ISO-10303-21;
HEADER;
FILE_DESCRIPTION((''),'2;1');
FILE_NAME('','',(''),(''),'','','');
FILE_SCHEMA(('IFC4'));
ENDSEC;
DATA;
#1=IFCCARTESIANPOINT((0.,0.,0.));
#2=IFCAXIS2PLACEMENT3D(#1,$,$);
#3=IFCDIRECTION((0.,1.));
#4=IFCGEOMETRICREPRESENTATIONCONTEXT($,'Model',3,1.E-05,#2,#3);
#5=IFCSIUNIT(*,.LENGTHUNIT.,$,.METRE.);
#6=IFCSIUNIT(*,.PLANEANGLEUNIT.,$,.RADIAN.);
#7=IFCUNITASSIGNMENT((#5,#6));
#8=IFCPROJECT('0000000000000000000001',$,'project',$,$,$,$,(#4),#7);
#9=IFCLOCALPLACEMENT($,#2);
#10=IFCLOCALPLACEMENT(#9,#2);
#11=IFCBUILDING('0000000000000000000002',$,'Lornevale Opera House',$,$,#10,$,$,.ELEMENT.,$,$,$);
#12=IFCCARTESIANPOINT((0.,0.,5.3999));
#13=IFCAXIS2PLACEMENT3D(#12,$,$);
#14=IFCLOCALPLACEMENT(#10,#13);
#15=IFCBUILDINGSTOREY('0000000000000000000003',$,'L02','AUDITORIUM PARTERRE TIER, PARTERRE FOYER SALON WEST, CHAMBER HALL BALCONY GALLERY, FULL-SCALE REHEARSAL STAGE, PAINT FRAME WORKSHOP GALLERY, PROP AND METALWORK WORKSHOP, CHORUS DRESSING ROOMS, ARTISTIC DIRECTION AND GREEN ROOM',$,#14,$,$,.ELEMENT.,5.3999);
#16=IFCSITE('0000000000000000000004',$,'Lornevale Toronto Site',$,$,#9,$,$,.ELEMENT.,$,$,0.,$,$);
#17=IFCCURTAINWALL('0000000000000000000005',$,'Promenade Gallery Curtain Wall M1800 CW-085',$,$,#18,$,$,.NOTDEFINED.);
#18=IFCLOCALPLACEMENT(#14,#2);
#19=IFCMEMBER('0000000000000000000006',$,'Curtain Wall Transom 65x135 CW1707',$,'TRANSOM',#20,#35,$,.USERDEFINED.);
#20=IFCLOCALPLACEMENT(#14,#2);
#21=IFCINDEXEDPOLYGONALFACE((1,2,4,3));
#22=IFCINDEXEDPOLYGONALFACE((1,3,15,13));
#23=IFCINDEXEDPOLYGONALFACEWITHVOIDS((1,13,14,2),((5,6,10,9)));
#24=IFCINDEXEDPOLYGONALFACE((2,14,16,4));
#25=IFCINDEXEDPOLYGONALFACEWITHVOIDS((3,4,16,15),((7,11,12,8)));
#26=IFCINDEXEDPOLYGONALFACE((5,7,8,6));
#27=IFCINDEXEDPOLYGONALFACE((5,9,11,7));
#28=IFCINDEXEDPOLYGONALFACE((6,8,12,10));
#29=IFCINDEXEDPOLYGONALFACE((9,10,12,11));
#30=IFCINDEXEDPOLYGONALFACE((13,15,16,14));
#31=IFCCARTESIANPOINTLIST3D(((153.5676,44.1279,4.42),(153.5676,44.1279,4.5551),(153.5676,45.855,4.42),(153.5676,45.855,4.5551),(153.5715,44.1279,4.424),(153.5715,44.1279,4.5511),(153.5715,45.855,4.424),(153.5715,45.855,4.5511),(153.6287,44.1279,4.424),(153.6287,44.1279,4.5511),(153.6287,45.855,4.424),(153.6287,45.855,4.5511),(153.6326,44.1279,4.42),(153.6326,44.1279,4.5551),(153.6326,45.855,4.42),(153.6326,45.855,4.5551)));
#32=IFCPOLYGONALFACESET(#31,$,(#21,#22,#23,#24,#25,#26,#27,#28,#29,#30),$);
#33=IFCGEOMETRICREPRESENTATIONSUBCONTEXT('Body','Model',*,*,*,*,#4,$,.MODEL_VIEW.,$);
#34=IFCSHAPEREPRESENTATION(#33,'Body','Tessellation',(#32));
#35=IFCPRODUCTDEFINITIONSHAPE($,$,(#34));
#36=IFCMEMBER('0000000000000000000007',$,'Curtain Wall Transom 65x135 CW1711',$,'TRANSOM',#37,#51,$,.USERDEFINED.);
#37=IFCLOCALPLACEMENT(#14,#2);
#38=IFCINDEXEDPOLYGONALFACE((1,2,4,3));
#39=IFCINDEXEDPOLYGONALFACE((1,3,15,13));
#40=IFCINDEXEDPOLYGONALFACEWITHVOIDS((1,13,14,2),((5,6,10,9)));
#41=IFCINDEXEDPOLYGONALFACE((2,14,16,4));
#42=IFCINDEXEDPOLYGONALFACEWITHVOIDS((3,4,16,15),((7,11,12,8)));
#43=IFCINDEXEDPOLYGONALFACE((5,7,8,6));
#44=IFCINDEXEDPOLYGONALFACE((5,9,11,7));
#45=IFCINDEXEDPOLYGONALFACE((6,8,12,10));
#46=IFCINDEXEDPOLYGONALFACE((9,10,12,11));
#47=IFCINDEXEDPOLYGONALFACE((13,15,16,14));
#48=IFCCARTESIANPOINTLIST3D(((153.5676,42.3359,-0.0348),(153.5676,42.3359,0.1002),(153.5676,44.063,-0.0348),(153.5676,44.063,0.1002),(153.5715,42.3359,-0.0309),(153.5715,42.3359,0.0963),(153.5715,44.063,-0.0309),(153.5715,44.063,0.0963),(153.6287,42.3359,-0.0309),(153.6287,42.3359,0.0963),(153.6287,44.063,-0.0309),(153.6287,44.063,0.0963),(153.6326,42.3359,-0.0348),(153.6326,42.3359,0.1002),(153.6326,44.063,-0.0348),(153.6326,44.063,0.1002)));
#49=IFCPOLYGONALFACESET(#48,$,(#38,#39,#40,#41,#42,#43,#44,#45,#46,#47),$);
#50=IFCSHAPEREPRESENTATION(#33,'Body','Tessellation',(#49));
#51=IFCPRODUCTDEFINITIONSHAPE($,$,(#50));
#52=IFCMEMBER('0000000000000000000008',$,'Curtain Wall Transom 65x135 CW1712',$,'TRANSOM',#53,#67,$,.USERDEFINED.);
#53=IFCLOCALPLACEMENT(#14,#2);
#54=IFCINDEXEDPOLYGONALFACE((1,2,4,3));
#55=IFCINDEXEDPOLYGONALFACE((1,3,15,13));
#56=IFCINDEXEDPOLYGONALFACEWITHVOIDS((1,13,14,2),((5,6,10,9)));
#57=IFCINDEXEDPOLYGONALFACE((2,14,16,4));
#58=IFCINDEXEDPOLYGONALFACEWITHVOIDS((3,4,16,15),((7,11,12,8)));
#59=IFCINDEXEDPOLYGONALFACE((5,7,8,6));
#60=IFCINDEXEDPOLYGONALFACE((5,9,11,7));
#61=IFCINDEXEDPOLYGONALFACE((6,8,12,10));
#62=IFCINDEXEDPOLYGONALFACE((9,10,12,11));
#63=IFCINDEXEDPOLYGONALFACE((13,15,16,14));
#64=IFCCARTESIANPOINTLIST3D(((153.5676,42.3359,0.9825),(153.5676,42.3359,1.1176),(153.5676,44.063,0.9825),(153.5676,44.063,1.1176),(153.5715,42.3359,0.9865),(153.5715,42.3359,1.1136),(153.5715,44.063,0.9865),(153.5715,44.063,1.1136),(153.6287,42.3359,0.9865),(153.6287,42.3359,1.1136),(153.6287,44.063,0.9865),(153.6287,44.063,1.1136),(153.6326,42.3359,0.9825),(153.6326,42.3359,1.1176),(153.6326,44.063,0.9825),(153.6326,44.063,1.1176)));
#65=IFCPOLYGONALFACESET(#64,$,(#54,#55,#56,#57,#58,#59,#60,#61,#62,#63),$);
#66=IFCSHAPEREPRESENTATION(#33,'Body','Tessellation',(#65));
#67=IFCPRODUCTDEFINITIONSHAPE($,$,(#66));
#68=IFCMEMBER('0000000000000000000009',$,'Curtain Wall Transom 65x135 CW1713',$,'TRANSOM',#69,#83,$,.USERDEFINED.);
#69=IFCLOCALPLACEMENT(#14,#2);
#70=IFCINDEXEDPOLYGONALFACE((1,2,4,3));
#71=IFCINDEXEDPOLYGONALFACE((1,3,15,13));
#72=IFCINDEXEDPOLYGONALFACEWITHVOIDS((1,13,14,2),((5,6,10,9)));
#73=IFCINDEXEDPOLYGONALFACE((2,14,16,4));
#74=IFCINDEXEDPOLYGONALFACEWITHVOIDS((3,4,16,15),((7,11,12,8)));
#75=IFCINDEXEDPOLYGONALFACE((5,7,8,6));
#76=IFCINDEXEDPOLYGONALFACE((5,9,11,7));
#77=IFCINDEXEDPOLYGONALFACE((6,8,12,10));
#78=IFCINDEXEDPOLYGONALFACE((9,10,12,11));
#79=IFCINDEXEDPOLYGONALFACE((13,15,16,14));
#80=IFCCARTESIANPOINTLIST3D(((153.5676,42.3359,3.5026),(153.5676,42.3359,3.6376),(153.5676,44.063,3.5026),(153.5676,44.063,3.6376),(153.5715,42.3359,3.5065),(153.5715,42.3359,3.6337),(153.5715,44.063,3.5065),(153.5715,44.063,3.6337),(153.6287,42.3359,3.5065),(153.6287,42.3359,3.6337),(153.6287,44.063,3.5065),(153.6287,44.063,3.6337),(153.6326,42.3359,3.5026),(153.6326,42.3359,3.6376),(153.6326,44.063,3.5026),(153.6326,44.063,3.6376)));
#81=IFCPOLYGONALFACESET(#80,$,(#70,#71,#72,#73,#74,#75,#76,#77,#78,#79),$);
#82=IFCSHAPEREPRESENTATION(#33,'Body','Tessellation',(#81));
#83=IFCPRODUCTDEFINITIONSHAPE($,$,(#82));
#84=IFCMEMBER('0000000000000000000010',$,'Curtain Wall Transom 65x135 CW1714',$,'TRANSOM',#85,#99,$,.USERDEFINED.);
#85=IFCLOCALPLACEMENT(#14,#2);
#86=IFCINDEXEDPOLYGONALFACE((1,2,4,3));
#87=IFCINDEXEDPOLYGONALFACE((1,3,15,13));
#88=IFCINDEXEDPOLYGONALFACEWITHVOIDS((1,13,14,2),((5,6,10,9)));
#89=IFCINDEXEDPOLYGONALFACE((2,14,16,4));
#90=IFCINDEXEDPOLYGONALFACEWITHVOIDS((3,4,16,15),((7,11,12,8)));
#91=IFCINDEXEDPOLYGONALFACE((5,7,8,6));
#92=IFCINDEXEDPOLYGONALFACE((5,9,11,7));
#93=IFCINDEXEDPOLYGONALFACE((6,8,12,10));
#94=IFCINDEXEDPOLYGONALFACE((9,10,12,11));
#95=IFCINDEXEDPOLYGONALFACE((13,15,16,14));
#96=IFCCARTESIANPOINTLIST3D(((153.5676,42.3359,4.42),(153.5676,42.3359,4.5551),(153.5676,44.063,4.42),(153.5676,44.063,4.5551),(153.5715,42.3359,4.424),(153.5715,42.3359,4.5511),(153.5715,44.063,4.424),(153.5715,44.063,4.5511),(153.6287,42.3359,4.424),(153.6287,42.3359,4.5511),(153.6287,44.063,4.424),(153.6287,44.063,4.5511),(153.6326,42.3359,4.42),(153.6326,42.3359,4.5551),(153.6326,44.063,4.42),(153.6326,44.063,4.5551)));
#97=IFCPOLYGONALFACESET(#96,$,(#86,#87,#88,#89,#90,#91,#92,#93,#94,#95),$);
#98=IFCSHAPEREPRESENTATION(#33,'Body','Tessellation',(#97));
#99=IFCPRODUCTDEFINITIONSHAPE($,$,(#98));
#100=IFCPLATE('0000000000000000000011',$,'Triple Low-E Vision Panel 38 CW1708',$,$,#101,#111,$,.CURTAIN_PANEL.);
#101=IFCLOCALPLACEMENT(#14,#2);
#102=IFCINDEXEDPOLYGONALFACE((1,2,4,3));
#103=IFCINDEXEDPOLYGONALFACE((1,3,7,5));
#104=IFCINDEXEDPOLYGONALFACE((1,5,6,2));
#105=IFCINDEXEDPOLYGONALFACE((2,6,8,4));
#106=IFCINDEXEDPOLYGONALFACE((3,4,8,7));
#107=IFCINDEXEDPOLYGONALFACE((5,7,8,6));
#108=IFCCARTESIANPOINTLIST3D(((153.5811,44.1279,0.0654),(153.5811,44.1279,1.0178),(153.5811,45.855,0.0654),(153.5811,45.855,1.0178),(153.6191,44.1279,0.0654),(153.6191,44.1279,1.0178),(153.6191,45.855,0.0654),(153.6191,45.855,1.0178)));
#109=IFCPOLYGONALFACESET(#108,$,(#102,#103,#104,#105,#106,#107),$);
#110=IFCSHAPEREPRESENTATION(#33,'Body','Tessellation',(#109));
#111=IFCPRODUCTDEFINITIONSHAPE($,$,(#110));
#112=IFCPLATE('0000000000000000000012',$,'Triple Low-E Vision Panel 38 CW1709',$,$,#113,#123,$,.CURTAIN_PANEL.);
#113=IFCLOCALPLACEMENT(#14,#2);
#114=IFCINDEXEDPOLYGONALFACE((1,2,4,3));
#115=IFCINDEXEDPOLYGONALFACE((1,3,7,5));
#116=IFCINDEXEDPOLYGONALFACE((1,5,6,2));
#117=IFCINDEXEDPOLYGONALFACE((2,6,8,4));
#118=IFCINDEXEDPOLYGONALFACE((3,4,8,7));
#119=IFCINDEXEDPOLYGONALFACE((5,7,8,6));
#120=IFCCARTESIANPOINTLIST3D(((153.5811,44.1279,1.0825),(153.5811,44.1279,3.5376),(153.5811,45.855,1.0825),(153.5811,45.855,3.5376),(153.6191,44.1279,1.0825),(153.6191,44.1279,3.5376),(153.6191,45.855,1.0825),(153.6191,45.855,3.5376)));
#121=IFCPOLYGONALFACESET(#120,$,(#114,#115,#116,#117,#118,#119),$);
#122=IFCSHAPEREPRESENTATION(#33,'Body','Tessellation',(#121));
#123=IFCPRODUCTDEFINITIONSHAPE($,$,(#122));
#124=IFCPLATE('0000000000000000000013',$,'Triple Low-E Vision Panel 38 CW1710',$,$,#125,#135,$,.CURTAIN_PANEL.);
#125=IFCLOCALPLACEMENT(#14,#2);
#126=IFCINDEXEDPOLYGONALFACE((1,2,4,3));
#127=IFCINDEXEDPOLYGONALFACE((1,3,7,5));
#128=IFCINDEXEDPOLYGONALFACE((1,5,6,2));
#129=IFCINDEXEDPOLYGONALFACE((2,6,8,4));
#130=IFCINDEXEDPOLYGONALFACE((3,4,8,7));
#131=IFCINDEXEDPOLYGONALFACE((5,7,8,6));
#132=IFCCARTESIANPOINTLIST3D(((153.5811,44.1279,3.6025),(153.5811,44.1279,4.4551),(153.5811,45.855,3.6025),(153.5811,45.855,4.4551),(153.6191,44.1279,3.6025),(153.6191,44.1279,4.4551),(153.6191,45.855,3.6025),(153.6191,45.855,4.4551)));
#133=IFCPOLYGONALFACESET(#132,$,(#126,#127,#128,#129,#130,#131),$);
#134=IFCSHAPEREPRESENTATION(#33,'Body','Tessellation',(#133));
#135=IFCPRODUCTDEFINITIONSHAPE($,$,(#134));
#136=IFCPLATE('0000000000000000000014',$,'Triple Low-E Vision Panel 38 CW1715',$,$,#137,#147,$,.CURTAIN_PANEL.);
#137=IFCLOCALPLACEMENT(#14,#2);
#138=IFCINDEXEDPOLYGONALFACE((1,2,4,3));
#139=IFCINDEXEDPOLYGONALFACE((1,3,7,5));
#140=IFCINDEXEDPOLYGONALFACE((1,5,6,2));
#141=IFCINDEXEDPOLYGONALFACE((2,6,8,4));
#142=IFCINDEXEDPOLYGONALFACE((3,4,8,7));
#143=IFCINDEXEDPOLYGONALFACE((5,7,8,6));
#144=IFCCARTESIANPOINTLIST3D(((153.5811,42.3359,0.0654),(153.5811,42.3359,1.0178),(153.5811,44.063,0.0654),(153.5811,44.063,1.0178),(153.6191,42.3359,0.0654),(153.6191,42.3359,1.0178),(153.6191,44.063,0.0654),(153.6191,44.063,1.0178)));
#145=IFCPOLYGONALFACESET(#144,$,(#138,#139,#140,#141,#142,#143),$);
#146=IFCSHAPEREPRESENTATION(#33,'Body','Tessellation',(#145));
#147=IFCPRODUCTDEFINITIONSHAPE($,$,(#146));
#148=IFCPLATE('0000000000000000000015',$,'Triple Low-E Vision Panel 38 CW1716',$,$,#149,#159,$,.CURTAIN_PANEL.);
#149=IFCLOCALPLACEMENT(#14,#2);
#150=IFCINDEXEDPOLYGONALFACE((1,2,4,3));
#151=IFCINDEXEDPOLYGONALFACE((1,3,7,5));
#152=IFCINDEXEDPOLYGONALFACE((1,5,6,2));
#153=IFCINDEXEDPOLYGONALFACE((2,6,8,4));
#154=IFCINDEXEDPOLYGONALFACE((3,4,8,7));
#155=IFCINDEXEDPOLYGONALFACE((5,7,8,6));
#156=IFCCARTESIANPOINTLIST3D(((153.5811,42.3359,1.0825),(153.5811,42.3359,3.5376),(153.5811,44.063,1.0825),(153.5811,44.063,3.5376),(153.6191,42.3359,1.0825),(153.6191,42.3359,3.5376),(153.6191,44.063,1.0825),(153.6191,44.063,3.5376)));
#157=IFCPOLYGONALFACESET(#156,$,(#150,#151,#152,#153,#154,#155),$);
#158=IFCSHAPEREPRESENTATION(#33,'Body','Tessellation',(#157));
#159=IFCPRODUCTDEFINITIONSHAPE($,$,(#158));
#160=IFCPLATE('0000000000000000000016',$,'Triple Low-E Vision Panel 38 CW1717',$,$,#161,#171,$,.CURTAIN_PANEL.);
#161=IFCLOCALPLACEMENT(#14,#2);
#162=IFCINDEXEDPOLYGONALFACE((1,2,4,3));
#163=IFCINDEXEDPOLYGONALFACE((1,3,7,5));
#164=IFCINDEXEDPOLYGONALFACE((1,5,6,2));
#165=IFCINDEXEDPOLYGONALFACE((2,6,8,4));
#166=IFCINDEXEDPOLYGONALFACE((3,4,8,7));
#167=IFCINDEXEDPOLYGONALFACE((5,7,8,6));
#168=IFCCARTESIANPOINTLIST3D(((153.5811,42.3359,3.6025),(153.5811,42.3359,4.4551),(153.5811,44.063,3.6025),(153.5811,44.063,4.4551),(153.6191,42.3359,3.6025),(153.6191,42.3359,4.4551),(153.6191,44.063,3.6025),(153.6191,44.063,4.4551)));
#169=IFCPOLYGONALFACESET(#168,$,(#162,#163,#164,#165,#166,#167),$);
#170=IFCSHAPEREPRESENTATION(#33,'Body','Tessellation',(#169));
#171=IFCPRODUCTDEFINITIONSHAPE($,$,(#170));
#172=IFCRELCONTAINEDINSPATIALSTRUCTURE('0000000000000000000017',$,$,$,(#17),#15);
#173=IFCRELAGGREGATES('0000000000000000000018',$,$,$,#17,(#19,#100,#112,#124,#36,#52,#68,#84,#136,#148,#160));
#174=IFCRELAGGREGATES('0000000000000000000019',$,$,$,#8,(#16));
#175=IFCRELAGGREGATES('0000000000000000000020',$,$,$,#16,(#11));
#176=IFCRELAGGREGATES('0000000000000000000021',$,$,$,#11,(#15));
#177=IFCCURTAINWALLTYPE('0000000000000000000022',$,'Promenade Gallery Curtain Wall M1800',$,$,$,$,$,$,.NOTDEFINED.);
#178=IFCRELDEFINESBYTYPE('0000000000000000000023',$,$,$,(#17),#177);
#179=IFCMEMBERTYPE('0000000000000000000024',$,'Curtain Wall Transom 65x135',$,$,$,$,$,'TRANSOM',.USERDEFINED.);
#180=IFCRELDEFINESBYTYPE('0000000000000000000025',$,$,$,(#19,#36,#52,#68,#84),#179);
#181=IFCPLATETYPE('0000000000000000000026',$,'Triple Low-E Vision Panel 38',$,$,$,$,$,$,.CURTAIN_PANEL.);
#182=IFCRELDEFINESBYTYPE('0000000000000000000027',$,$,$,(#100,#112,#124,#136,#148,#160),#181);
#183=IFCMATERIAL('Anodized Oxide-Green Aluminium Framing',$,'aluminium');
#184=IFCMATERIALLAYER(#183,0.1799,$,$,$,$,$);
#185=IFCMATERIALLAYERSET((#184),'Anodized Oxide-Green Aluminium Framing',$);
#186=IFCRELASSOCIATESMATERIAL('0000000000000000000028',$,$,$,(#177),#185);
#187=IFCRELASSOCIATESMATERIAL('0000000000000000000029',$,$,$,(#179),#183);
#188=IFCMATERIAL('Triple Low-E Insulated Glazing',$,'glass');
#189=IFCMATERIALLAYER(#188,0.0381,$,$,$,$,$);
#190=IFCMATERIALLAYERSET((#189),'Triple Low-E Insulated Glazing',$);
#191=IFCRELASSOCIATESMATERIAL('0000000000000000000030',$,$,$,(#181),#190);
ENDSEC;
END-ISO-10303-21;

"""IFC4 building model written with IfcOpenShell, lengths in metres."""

from ifc_helpers import new_model, si_unit, direction, frame, origin, origin_2d, place, context, subcontext, project, spatial, rectangle, hollow_rectangle, extrude, material, layer, layer_set, material_profile, profile_set, type_object, element, aggregate, save


model = new_model("IFC4")

# Units and contexts
model_context = context("Model", 3, precision=1e-05, world=origin(), true_north=direction((0.0, 1.0)))
body_context = subcontext(model_context, "Body", "Model", "MODEL_VIEW")
ifc_project = project(units=[si_unit("LENGTHUNIT", "METRE"), si_unit("PLANEANGLEUNIT", "RADIAN")], contexts=[model_context])

# Site, building, storey
site_placement = place(None, origin())
site = spatial("IfcSite", under=ifc_project, at=site_placement, Name="Lornevale Toronto Site", CompositionType="ELEMENT", RefElevation=0.0)
building_placement = place(site_placement, origin())
building = spatial("IfcBuilding", under=site, at=building_placement, Name="Lornevale Opera House", CompositionType="ELEMENT")
storey_placement = place(building_placement, frame((0.0, 0.0, 5.3999)))
storey = spatial("IfcBuildingStorey", under=building, at=storey_placement, Name="L02", Description="AUDITORIUM PARTERRE TIER, PARTERRE FOYER SALON WEST, CHAMBER HALL BALCONY GALLERY, FULL-SCALE REHEARSAL STAGE, PAINT FRAME WORKSHOP GALLERY, PROP AND METALWORK WORKSHOP, CHORUS DRESSING ROOMS, ARTISTIC DIRECTION AND GREEN ROOM", CompositionType="ELEMENT", Elevation=5.3999)

# Shared definitions
ifc_material_1 = material(Name="Anodized Oxide-Green Aluminium Framing", Category="aluminium")
ifc_layer_1 = layer(ifc_material_1, 0.1799)
ifc_layer_set_1 = layer_set([ifc_layer_1], Name="Anodized Oxide-Green Aluminium Framing")
curtain_wall_type = type_object("IfcCurtainWallType", Name="Promenade Gallery Curtain Wall M1800", PredefinedType="NOTDEFINED", material=ifc_layer_set_1)

# Curtain wall
curtain_wall_1_placement = place(storey_placement, origin())
curtain_wall_1 = element("IfcCurtainWall", 1, at=curtain_wall_1_placement, inside=storey, type_object=curtain_wall_type, Name="Promenade Gallery Curtain Wall M1800 CW-085", PredefinedType="NOTDEFINED")

# Members
ifc_material_profile_1 = material_profile(ifc_material_1, hollow_rectangle(XDim=0.0649, YDim=0.135, WallThickness=0.0039, at=origin_2d()), Name="ALU65x135x4")
ifc_profile_set_1 = profile_set([ifc_material_profile_1], Name="Anodized Oxide-Green Aluminium Framing")
member_type_1 = type_object("IfcMemberType", Name="Curtain Wall Transom 65x135", ElementType="TRANSOM", PredefinedType="USERDEFINED", material=ifc_profile_set_1)
member_1_placement = place(storey_placement, frame((153.6001, 45.855, 4.4875), z_axis=(0.0, -1.0, 0.0), x_axis=(1.0, 0.0, 0.0)))
member_1 = element("IfcMember", 2, at=member_1_placement, type_object=member_type_1, Name="Curtain Wall Transom 65x135 CW1707", ObjectType="TRANSOM", PredefinedType="USERDEFINED", context=body_context, shape_type="SweptSolid", body=[
    extrude(hollow_rectangle(XDim=0.0649, YDim=0.135, WallThickness=0.0039, at=origin_2d()), origin(), (0.0, 0.0, 1.0), 1.7271),
])
member_2_placement = place(storey_placement, frame((153.6001, 44.063, 0.0327), z_axis=(0.0, -1.0, 0.0), x_axis=(1.0, 0.0, 0.0)))
member_2 = element("IfcMember", 3, at=member_2_placement, type_object=member_type_1, Name="Curtain Wall Transom 65x135 CW1711", ObjectType="TRANSOM", PredefinedType="USERDEFINED", context=body_context, shape_type="SweptSolid", body=[
    extrude(hollow_rectangle(XDim=0.0649, YDim=0.135, WallThickness=0.0039, at=origin_2d()), origin(), (0.0, 0.0, 1.0), 1.7271),
])
member_3_placement = place(storey_placement, frame((153.6001, 44.063, 1.05), z_axis=(0.0, -1.0, 0.0), x_axis=(1.0, 0.0, 0.0)))
member_3 = element("IfcMember", 4, at=member_3_placement, type_object=member_type_1, Name="Curtain Wall Transom 65x135 CW1712", ObjectType="TRANSOM", PredefinedType="USERDEFINED", context=body_context, shape_type="SweptSolid", body=[
    extrude(hollow_rectangle(XDim=0.0649, YDim=0.135, WallThickness=0.0039, at=origin_2d()), origin(), (0.0, 0.0, 1.0), 1.7271),
])
member_4_placement = place(storey_placement, frame((153.6001, 44.063, 3.5701), z_axis=(0.0, -1.0, 0.0), x_axis=(1.0, 0.0, 0.0)))
member_4 = element("IfcMember", 5, at=member_4_placement, type_object=member_type_1, Name="Curtain Wall Transom 65x135 CW1713", ObjectType="TRANSOM", PredefinedType="USERDEFINED", context=body_context, shape_type="SweptSolid", body=[
    extrude(hollow_rectangle(XDim=0.0649, YDim=0.135, WallThickness=0.0039, at=origin_2d()), origin(), (0.0, 0.0, 1.0), 1.7271),
])
member_5_placement = place(storey_placement, frame((153.6001, 44.063, 4.4875), z_axis=(0.0, -1.0, 0.0), x_axis=(1.0, 0.0, 0.0)))
member_5 = element("IfcMember", 6, at=member_5_placement, type_object=member_type_1, Name="Curtain Wall Transom 65x135 CW1714", ObjectType="TRANSOM", PredefinedType="USERDEFINED", context=body_context, shape_type="SweptSolid", body=[
    extrude(hollow_rectangle(XDim=0.0649, YDim=0.135, WallThickness=0.0039, at=origin_2d()), origin(), (0.0, 0.0, 1.0), 1.7271),
])

# Plates
ifc_material_2 = material(Name="Triple Low-E Insulated Glazing", Category="glass")
ifc_layer_2 = layer(ifc_material_2, 0.0381)
ifc_layer_set_2 = layer_set([ifc_layer_2], Name="Triple Low-E Insulated Glazing")
plate_type = type_object("IfcPlateType", Name="Triple Low-E Vision Panel 38", PredefinedType="CURTAIN_PANEL", material=ifc_layer_set_2)
plate_1_placement = place(storey_placement, frame((153.6001, 44.9915, 0.0654), z_axis=(0.0, 0.0, 1.0), x_axis=(0.0, -1.0, 0.0)))
plate_1 = element("IfcPlate", 7, at=plate_1_placement, type_object=plate_type, Name="Triple Low-E Vision Panel 38 CW1708", PredefinedType="CURTAIN_PANEL", context=body_context, shape_type="SweptSolid", body=[
    extrude(rectangle(XDim=1.7271, YDim=0.0381, at=origin_2d()), origin(), (0.0, 0.0, 1.0), 0.9524),
])
plate_2_placement = place(storey_placement, frame((153.6001, 44.9915, 1.0825), z_axis=(0.0, 0.0, 1.0), x_axis=(0.0, -1.0, 0.0)))
plate_2 = element("IfcPlate", 8, at=plate_2_placement, type_object=plate_type, Name="Triple Low-E Vision Panel 38 CW1709", PredefinedType="CURTAIN_PANEL", context=body_context, shape_type="SweptSolid", body=[
    extrude(rectangle(XDim=1.7271, YDim=0.0381, at=origin_2d()), origin(), (0.0, 0.0, 1.0), 2.4551),
])
plate_3_placement = place(storey_placement, frame((153.6001, 44.9915, 3.6025), z_axis=(0.0, 0.0, 1.0), x_axis=(0.0, -1.0, 0.0)))
plate_3 = element("IfcPlate", 9, at=plate_3_placement, type_object=plate_type, Name="Triple Low-E Vision Panel 38 CW1710", PredefinedType="CURTAIN_PANEL", context=body_context, shape_type="SweptSolid", body=[
    extrude(rectangle(XDim=1.7271, YDim=0.0381, at=origin_2d()), origin(), (0.0, 0.0, 1.0), 0.8525),
])
plate_4_placement = place(storey_placement, frame((153.6001, 43.1995, 0.0654), z_axis=(0.0, 0.0, 1.0), x_axis=(0.0, -1.0, 0.0)))
plate_4 = element("IfcPlate", 10, at=plate_4_placement, type_object=plate_type, Name="Triple Low-E Vision Panel 38 CW1715", PredefinedType="CURTAIN_PANEL", context=body_context, shape_type="SweptSolid", body=[
    extrude(rectangle(XDim=1.7271, YDim=0.0381, at=origin_2d()), origin(), (0.0, 0.0, 1.0), 0.9524),
])
plate_5_placement = place(storey_placement, frame((153.6001, 43.1995, 1.0825), z_axis=(0.0, 0.0, 1.0), x_axis=(0.0, -1.0, 0.0)))
plate_5 = element("IfcPlate", 11, at=plate_5_placement, type_object=plate_type, Name="Triple Low-E Vision Panel 38 CW1716", PredefinedType="CURTAIN_PANEL", context=body_context, shape_type="SweptSolid", body=[
    extrude(rectangle(XDim=1.7271, YDim=0.0381, at=origin_2d()), origin(), (0.0, 0.0, 1.0), 2.4551),
])
plate_6_placement = place(storey_placement, frame((153.6001, 43.1995, 3.6025), z_axis=(0.0, 0.0, 1.0), x_axis=(0.0, -1.0, 0.0)))
plate_6 = element("IfcPlate", 12, at=plate_6_placement, type_object=plate_type, Name="Triple Low-E Vision Panel 38 CW1717", PredefinedType="CURTAIN_PANEL", context=body_context, shape_type="SweptSolid", body=[
    extrude(rectangle(XDim=1.7271, YDim=0.0381, at=origin_2d()), origin(), (0.0, 0.0, 1.0), 0.8525),
])
aggregate(curtain_wall_1, [member_1, plate_1, plate_2, plate_3, member_2, member_3, member_4, member_5, plate_4, plate_5, plate_6])

save(model, "model.ifc")
